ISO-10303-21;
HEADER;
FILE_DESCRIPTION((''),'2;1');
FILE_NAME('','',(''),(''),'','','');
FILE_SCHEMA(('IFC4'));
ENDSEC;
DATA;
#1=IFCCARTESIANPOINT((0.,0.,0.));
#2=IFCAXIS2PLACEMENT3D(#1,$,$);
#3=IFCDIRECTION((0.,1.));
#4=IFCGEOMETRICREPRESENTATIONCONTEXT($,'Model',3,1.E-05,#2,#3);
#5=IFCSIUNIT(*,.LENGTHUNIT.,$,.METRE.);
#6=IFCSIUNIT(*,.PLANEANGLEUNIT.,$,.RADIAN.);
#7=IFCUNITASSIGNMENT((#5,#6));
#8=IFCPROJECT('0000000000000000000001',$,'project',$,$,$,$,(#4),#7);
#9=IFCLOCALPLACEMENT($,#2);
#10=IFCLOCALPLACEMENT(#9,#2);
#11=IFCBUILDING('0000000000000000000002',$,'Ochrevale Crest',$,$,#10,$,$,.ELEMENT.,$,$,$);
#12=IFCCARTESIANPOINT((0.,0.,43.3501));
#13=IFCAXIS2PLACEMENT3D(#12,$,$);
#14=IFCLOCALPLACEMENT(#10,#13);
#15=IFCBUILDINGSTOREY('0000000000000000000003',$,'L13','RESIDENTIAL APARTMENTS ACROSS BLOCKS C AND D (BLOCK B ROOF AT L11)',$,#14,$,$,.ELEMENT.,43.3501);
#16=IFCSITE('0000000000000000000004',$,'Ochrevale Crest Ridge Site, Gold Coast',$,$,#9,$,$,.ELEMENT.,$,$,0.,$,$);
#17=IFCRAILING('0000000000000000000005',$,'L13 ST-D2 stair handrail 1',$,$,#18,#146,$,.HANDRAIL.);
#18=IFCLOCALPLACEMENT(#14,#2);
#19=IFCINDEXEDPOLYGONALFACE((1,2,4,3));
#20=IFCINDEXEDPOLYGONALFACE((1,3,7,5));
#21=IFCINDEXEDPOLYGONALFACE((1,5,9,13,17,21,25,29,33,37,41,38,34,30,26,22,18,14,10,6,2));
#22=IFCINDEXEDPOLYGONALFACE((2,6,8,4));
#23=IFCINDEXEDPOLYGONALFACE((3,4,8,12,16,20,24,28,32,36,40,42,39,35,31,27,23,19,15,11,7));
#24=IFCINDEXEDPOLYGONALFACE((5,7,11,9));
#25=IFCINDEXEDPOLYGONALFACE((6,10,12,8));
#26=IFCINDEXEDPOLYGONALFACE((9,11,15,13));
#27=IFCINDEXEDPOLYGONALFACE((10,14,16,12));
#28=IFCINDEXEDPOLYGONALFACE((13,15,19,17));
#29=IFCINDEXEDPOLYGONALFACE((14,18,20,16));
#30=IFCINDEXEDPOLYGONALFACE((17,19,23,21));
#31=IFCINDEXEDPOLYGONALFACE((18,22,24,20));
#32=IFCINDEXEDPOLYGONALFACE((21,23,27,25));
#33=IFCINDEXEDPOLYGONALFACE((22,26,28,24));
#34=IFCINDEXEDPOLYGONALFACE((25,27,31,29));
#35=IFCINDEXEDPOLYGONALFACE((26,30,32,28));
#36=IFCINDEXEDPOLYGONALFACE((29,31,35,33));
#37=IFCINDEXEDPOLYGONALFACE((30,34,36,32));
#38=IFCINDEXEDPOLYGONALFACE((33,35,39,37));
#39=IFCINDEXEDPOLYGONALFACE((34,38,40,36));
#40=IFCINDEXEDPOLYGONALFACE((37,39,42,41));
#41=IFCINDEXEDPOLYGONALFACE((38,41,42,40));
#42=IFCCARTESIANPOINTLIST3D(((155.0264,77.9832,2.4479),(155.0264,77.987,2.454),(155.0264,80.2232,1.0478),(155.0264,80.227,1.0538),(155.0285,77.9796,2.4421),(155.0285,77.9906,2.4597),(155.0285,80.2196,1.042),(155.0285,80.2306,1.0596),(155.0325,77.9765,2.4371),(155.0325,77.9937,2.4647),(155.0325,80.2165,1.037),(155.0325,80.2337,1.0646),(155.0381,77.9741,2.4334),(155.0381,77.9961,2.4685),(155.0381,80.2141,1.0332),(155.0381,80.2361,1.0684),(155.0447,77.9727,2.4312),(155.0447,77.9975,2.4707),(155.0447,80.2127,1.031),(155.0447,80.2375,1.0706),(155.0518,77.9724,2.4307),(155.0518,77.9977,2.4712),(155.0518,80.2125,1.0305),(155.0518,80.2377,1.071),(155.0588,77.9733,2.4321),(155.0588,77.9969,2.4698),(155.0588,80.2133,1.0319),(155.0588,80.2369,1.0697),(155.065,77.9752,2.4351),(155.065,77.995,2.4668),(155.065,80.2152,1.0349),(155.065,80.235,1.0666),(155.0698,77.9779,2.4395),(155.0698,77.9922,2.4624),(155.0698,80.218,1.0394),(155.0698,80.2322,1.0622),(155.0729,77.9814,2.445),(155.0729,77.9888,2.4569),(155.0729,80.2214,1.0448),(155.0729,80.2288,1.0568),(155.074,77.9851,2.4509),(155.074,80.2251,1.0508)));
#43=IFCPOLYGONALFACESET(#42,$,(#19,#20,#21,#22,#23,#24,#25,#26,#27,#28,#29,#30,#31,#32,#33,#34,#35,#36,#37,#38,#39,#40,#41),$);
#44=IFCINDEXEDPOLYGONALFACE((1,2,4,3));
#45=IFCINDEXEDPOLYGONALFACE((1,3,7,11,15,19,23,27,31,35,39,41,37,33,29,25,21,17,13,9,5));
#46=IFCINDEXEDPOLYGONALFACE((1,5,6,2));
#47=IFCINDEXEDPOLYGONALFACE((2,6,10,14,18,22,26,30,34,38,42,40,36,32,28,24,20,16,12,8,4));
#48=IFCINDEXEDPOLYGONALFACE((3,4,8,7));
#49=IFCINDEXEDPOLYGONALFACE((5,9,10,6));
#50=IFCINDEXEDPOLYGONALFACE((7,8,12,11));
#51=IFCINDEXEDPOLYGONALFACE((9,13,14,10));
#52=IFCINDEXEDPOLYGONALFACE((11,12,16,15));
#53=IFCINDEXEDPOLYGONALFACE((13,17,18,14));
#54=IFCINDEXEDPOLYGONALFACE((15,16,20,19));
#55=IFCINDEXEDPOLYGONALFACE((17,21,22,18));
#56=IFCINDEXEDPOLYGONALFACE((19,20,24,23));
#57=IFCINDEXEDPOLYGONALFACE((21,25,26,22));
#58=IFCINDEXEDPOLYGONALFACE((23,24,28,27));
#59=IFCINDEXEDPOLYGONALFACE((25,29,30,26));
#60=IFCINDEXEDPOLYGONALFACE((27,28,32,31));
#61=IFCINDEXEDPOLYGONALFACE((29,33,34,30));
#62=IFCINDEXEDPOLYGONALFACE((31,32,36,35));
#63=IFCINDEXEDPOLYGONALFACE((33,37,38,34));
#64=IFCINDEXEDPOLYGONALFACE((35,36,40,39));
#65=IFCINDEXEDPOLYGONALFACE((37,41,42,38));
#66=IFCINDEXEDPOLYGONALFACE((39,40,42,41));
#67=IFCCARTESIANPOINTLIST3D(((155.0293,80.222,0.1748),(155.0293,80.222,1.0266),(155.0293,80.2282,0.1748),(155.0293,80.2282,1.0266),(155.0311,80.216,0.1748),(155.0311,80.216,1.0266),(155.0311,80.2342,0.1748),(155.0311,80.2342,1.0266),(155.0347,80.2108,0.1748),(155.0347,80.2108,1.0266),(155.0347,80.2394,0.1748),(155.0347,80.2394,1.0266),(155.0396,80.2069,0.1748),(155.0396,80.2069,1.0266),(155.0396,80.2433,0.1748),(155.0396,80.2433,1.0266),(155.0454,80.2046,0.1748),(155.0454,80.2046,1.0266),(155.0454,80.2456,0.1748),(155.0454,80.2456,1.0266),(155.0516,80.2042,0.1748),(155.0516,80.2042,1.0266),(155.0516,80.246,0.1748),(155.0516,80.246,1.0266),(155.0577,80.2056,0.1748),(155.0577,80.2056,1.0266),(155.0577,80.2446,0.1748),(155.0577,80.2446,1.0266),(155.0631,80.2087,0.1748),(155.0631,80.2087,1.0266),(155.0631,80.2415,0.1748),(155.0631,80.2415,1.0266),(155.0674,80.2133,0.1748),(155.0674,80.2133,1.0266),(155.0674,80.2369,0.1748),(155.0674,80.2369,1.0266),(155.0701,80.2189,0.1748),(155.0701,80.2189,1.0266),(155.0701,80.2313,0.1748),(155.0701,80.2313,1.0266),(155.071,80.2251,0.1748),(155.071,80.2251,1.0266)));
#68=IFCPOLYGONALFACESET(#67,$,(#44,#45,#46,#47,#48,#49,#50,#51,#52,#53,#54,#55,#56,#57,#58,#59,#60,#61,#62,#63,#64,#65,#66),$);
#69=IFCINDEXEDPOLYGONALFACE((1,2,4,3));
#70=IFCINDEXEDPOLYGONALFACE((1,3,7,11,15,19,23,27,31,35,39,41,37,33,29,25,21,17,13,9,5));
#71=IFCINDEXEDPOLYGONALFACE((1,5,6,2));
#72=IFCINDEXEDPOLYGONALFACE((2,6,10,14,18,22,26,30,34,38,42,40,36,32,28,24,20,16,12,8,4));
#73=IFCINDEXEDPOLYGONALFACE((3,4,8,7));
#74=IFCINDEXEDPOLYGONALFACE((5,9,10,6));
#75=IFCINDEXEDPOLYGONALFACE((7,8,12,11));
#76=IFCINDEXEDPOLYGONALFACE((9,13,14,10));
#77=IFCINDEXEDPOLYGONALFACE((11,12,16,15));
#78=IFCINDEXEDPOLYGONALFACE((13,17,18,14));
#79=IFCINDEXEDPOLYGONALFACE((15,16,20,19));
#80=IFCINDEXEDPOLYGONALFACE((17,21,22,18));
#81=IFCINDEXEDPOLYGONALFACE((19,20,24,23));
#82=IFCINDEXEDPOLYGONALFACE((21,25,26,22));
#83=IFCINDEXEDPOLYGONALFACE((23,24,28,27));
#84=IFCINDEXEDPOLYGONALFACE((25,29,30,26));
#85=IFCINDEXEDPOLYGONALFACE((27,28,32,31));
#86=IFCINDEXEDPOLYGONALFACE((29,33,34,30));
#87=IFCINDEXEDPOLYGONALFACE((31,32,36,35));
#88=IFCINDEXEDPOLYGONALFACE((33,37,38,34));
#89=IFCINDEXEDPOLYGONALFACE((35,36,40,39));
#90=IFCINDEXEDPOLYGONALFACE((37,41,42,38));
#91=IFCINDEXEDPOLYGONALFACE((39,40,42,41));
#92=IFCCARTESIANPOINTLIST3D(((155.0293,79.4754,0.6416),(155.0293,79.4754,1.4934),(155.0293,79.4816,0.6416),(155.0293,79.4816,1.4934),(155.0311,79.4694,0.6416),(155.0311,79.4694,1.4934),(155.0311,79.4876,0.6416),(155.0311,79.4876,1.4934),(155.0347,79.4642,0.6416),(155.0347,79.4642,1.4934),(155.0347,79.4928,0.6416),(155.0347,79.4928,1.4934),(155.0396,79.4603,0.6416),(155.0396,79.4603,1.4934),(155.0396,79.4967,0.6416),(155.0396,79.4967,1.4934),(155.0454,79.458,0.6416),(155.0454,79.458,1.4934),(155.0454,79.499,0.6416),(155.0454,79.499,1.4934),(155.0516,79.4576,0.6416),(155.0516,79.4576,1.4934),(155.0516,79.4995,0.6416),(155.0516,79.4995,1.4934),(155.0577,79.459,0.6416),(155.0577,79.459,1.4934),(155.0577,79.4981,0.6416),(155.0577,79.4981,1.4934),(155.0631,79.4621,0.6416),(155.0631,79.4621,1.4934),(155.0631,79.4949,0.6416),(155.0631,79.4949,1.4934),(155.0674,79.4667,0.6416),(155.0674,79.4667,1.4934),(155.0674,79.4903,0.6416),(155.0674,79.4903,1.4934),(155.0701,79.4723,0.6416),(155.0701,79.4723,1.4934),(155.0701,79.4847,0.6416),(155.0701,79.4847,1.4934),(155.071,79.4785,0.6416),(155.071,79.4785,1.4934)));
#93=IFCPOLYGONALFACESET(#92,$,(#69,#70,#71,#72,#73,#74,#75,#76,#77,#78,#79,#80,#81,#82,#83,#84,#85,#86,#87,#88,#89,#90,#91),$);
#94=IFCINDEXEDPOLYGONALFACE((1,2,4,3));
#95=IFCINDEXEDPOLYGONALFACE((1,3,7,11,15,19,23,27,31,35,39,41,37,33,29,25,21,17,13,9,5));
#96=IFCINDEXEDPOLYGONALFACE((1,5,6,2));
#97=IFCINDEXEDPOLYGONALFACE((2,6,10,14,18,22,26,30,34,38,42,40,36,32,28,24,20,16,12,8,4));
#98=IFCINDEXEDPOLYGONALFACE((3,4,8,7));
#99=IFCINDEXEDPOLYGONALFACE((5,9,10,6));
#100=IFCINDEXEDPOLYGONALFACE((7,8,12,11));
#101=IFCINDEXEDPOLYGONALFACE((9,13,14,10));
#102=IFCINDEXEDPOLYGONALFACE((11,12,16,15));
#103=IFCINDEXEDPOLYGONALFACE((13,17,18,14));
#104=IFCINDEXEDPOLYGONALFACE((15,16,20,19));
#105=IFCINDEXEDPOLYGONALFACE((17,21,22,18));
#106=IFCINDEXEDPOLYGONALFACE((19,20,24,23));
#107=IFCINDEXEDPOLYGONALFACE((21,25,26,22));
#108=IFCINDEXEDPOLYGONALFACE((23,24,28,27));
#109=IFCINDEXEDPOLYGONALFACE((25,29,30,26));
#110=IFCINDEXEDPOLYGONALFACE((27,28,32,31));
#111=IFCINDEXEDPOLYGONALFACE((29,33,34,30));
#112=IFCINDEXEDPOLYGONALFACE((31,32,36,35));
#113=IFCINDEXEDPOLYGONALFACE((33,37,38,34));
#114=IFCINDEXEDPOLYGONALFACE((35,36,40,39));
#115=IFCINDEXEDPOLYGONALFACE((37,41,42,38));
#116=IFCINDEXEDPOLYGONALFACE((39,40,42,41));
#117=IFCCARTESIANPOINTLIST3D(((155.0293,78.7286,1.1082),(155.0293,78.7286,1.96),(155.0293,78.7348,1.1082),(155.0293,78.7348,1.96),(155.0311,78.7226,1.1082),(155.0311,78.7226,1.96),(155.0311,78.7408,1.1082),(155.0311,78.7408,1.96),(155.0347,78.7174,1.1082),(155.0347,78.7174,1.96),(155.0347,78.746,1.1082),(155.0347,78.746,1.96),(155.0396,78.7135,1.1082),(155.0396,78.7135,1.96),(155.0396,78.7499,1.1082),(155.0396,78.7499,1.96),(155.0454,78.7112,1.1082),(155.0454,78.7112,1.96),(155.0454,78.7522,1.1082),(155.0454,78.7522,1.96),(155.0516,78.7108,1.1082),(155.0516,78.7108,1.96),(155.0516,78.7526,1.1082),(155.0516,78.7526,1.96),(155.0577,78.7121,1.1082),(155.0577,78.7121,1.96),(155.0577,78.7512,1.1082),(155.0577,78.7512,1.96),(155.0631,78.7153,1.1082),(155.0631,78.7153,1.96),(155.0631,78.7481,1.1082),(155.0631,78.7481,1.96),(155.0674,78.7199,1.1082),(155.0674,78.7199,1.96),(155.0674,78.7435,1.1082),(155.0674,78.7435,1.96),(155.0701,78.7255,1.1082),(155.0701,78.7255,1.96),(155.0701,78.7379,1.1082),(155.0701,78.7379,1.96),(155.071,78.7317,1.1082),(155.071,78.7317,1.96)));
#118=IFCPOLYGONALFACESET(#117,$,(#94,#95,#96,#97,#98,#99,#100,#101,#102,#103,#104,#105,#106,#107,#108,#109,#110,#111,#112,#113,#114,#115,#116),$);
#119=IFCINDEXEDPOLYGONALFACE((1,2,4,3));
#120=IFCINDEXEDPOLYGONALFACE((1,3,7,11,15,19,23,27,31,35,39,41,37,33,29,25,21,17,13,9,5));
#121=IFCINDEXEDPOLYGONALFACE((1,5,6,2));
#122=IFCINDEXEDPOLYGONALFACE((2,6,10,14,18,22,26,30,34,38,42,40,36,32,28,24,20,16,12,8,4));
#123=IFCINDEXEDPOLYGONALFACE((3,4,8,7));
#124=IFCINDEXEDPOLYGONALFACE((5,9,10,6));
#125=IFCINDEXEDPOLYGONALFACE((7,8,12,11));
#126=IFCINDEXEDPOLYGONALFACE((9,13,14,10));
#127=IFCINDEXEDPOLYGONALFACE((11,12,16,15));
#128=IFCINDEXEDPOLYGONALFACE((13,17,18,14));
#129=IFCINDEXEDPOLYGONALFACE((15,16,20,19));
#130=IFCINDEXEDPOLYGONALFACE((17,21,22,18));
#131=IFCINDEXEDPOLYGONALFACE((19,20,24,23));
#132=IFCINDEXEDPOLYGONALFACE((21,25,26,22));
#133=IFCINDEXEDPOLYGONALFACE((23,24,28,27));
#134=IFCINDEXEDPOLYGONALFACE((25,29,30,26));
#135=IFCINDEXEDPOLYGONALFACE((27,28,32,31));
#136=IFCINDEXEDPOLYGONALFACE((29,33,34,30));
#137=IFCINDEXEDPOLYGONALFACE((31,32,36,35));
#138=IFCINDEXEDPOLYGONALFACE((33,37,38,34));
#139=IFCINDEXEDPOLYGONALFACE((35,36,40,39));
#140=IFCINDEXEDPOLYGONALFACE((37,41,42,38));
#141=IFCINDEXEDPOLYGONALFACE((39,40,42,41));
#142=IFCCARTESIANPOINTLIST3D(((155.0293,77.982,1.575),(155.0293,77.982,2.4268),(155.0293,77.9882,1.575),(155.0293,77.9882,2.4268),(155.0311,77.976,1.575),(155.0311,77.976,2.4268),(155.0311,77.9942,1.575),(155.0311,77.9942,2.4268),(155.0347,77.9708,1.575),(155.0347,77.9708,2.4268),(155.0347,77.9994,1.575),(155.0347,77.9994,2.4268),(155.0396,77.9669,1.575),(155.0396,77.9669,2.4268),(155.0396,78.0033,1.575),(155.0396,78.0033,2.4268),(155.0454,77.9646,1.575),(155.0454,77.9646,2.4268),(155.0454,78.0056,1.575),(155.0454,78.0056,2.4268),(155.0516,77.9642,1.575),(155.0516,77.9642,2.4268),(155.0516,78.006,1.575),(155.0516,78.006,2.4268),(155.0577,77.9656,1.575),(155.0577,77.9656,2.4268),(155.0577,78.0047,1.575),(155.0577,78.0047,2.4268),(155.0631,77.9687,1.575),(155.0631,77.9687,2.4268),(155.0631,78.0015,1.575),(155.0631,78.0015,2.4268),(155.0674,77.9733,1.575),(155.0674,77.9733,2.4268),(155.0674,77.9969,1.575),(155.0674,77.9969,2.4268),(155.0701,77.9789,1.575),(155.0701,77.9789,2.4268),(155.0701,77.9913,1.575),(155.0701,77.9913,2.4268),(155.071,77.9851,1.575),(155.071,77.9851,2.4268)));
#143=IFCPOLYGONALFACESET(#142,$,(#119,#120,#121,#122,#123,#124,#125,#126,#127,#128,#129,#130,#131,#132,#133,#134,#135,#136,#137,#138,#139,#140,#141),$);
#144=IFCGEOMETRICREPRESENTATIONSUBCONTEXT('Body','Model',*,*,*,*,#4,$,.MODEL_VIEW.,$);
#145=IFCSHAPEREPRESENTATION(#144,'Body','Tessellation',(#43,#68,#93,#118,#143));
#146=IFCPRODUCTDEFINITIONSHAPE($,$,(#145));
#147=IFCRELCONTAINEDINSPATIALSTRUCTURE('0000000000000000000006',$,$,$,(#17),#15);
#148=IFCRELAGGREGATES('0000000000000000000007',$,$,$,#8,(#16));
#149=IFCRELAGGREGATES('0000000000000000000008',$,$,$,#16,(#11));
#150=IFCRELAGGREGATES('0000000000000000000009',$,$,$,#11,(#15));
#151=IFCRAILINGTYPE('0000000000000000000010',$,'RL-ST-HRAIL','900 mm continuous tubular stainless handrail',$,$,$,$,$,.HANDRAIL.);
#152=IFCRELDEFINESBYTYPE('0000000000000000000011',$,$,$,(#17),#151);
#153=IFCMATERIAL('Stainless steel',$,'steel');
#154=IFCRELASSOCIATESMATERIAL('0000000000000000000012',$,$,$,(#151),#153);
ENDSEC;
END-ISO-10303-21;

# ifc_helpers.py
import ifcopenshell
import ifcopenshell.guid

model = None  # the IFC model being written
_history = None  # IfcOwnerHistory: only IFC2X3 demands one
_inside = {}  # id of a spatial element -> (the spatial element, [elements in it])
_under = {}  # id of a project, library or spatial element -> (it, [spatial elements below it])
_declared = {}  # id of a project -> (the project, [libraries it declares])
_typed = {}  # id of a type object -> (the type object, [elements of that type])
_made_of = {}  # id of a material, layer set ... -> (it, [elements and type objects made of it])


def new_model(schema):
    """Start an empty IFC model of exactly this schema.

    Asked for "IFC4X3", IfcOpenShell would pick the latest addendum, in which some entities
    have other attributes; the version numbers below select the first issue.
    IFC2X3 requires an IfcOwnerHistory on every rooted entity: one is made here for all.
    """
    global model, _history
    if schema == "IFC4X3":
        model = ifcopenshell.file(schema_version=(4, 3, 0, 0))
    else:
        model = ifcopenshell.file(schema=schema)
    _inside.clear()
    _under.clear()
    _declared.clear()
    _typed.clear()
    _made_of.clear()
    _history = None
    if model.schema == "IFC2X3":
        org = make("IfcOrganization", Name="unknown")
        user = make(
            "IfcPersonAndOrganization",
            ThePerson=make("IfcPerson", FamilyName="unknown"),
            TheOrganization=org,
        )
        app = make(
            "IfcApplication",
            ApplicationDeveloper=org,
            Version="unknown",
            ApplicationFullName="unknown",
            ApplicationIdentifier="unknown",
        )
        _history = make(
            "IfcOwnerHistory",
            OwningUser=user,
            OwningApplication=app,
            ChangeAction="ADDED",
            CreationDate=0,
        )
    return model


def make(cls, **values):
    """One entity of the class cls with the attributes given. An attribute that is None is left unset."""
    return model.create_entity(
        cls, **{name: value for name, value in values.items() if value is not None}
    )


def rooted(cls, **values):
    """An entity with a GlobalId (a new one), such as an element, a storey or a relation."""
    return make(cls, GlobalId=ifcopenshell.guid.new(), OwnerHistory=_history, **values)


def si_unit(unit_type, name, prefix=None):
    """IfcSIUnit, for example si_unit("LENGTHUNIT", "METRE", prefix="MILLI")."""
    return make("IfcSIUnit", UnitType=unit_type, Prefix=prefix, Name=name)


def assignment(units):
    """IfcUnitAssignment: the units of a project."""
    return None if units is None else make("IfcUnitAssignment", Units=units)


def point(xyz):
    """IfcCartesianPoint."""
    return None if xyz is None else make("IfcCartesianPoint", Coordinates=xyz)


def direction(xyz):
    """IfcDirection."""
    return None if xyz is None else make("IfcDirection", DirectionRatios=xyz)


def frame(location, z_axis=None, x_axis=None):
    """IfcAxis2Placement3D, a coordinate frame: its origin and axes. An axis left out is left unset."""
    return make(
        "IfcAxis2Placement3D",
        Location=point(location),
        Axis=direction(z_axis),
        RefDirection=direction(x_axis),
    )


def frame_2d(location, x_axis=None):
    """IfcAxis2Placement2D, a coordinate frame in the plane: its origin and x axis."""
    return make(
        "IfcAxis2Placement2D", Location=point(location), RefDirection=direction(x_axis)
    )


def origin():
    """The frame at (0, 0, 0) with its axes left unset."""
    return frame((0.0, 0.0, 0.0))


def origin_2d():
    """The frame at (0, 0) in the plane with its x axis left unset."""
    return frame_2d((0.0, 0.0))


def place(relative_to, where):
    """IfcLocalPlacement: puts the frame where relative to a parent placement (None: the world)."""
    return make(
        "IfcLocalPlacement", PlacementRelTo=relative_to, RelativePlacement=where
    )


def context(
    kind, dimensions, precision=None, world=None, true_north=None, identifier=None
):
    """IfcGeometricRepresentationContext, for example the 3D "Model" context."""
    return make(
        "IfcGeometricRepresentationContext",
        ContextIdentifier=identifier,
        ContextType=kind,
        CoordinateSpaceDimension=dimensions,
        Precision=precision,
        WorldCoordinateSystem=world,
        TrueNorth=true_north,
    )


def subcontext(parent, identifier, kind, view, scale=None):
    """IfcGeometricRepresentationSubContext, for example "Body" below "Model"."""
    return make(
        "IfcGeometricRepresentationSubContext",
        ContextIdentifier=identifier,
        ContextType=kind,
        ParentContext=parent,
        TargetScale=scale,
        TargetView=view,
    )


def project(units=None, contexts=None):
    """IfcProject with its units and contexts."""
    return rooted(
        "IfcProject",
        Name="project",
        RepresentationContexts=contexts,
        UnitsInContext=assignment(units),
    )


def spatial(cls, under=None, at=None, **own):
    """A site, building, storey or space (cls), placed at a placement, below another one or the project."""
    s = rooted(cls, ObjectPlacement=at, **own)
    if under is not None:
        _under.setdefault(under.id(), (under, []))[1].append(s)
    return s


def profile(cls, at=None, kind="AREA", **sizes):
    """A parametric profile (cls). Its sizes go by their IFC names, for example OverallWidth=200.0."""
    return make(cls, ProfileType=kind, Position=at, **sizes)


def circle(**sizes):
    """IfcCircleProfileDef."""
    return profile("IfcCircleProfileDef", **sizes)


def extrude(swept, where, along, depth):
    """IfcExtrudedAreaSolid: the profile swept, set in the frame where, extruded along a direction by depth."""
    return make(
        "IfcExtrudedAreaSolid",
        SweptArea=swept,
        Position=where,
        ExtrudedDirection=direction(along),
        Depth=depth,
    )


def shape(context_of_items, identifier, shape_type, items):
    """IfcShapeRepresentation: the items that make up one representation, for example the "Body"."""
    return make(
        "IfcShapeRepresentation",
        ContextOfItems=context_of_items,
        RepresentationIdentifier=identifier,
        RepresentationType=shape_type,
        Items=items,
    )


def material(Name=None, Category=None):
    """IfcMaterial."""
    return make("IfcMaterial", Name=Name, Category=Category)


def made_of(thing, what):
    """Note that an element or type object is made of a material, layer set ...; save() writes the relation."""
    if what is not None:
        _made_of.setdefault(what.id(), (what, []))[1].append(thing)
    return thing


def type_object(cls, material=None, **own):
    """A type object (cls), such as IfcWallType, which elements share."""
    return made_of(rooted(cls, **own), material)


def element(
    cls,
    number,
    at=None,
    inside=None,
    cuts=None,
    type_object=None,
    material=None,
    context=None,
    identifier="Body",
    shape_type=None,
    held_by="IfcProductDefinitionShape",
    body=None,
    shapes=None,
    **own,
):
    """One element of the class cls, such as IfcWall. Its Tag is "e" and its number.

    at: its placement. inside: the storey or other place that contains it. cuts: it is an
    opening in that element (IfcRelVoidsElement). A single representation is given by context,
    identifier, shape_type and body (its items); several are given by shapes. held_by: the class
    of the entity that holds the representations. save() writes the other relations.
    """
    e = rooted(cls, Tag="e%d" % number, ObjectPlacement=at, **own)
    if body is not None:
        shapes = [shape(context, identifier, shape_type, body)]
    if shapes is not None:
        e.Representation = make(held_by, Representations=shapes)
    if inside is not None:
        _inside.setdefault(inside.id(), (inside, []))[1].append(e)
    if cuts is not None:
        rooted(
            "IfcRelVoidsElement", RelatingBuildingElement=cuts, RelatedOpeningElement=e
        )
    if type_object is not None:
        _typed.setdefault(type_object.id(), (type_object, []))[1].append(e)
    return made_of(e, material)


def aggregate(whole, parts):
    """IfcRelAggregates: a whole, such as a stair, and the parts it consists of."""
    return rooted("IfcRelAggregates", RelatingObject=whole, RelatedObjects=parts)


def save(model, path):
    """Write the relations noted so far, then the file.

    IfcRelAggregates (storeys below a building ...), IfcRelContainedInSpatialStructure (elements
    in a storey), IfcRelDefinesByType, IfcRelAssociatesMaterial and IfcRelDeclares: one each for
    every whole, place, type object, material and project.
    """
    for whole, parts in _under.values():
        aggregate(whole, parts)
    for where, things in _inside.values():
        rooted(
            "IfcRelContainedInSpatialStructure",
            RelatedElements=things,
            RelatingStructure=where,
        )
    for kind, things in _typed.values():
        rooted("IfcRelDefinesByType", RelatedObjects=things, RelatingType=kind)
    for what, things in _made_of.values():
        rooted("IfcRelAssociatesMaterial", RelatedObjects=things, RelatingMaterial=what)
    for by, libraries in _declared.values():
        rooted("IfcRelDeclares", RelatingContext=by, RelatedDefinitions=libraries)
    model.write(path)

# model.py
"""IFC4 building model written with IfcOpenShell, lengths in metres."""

from ifc_helpers import new_model, si_unit, direction, frame, origin, origin_2d, place, context, subcontext, project, spatial, circle, extrude, material, type_object, element, save


model = new_model("IFC4")

# Units and contexts
model_context = context("Model", 3, precision=1e-05, world=origin(), true_north=direction((0.0, 1.0)))
body_context = subcontext(model_context, "Body", "Model", "MODEL_VIEW")
ifc_project = project(units=[si_unit("LENGTHUNIT", "METRE"), si_unit("PLANEANGLEUNIT", "RADIAN")], contexts=[model_context])

# Site, building, storey
site_placement = place(None, origin())
site = spatial("IfcSite", under=ifc_project, at=site_placement, Name="Ochrevale Crest Ridge Site, Gold Coast", CompositionType="ELEMENT", RefElevation=0.0)
building_placement = place(site_placement, origin())
building = spatial("IfcBuilding", under=site, at=building_placement, Name="Ochrevale Crest", CompositionType="ELEMENT")
storey_placement = place(building_placement, frame((0.0, 0.0, 43.3501)))
storey = spatial("IfcBuildingStorey", under=building, at=storey_placement, Name="L13", Description="RESIDENTIAL APARTMENTS ACROSS BLOCKS C AND D (BLOCK B ROOF AT L11)", CompositionType="ELEMENT", Elevation=43.3501)

# Railing
ifc_material_1 = material(Name="Stainless steel", Category="steel")
railing_type_1 = type_object("IfcRailingType", Name="RL-ST-HRAIL", Description="900 mm continuous tubular stainless handrail", PredefinedType="HANDRAIL", material=ifc_material_1)
railing_1_placement = place(storey_placement, frame((155.05, 80.2251, 0.1748)))
element("IfcRailing", 1, at=railing_1_placement, inside=storey, type_object=railing_type_1, Name="L13 ST-D2 stair handrail 1", PredefinedType="HANDRAIL", context=body_context, shape_type="SweptSolid", body=[
    extrude(circle(Radius=0.0239, at=origin_2d()), frame((0.0, 0.0, 0.876), z_axis=(0.0, -0.847972, 0.53004), x_axis=(1.0, 0.0, 0.0)), (0.0, 0.0, 1.0), 2.6416),
    extrude(circle(Radius=0.021, at=origin_2d()), origin(), (0.0, 0.0, 1.0), 0.8518),
    extrude(circle(Radius=0.021, at=origin_2d()), frame((0.0, -0.7466, 0.4668)), (0.0, 0.0, 1.0), 0.8518),
    extrude(circle(Radius=0.021, at=origin_2d()), frame((0.0, -1.4934, 0.9333)), (0.0, 0.0, 1.0), 0.8518),
    extrude(circle(Radius=0.021, at=origin_2d()), frame((0.0, -2.24, 1.4001)), (0.0, 0.0, 1.0), 0.8518),
])

save(model, "model.ifc")
